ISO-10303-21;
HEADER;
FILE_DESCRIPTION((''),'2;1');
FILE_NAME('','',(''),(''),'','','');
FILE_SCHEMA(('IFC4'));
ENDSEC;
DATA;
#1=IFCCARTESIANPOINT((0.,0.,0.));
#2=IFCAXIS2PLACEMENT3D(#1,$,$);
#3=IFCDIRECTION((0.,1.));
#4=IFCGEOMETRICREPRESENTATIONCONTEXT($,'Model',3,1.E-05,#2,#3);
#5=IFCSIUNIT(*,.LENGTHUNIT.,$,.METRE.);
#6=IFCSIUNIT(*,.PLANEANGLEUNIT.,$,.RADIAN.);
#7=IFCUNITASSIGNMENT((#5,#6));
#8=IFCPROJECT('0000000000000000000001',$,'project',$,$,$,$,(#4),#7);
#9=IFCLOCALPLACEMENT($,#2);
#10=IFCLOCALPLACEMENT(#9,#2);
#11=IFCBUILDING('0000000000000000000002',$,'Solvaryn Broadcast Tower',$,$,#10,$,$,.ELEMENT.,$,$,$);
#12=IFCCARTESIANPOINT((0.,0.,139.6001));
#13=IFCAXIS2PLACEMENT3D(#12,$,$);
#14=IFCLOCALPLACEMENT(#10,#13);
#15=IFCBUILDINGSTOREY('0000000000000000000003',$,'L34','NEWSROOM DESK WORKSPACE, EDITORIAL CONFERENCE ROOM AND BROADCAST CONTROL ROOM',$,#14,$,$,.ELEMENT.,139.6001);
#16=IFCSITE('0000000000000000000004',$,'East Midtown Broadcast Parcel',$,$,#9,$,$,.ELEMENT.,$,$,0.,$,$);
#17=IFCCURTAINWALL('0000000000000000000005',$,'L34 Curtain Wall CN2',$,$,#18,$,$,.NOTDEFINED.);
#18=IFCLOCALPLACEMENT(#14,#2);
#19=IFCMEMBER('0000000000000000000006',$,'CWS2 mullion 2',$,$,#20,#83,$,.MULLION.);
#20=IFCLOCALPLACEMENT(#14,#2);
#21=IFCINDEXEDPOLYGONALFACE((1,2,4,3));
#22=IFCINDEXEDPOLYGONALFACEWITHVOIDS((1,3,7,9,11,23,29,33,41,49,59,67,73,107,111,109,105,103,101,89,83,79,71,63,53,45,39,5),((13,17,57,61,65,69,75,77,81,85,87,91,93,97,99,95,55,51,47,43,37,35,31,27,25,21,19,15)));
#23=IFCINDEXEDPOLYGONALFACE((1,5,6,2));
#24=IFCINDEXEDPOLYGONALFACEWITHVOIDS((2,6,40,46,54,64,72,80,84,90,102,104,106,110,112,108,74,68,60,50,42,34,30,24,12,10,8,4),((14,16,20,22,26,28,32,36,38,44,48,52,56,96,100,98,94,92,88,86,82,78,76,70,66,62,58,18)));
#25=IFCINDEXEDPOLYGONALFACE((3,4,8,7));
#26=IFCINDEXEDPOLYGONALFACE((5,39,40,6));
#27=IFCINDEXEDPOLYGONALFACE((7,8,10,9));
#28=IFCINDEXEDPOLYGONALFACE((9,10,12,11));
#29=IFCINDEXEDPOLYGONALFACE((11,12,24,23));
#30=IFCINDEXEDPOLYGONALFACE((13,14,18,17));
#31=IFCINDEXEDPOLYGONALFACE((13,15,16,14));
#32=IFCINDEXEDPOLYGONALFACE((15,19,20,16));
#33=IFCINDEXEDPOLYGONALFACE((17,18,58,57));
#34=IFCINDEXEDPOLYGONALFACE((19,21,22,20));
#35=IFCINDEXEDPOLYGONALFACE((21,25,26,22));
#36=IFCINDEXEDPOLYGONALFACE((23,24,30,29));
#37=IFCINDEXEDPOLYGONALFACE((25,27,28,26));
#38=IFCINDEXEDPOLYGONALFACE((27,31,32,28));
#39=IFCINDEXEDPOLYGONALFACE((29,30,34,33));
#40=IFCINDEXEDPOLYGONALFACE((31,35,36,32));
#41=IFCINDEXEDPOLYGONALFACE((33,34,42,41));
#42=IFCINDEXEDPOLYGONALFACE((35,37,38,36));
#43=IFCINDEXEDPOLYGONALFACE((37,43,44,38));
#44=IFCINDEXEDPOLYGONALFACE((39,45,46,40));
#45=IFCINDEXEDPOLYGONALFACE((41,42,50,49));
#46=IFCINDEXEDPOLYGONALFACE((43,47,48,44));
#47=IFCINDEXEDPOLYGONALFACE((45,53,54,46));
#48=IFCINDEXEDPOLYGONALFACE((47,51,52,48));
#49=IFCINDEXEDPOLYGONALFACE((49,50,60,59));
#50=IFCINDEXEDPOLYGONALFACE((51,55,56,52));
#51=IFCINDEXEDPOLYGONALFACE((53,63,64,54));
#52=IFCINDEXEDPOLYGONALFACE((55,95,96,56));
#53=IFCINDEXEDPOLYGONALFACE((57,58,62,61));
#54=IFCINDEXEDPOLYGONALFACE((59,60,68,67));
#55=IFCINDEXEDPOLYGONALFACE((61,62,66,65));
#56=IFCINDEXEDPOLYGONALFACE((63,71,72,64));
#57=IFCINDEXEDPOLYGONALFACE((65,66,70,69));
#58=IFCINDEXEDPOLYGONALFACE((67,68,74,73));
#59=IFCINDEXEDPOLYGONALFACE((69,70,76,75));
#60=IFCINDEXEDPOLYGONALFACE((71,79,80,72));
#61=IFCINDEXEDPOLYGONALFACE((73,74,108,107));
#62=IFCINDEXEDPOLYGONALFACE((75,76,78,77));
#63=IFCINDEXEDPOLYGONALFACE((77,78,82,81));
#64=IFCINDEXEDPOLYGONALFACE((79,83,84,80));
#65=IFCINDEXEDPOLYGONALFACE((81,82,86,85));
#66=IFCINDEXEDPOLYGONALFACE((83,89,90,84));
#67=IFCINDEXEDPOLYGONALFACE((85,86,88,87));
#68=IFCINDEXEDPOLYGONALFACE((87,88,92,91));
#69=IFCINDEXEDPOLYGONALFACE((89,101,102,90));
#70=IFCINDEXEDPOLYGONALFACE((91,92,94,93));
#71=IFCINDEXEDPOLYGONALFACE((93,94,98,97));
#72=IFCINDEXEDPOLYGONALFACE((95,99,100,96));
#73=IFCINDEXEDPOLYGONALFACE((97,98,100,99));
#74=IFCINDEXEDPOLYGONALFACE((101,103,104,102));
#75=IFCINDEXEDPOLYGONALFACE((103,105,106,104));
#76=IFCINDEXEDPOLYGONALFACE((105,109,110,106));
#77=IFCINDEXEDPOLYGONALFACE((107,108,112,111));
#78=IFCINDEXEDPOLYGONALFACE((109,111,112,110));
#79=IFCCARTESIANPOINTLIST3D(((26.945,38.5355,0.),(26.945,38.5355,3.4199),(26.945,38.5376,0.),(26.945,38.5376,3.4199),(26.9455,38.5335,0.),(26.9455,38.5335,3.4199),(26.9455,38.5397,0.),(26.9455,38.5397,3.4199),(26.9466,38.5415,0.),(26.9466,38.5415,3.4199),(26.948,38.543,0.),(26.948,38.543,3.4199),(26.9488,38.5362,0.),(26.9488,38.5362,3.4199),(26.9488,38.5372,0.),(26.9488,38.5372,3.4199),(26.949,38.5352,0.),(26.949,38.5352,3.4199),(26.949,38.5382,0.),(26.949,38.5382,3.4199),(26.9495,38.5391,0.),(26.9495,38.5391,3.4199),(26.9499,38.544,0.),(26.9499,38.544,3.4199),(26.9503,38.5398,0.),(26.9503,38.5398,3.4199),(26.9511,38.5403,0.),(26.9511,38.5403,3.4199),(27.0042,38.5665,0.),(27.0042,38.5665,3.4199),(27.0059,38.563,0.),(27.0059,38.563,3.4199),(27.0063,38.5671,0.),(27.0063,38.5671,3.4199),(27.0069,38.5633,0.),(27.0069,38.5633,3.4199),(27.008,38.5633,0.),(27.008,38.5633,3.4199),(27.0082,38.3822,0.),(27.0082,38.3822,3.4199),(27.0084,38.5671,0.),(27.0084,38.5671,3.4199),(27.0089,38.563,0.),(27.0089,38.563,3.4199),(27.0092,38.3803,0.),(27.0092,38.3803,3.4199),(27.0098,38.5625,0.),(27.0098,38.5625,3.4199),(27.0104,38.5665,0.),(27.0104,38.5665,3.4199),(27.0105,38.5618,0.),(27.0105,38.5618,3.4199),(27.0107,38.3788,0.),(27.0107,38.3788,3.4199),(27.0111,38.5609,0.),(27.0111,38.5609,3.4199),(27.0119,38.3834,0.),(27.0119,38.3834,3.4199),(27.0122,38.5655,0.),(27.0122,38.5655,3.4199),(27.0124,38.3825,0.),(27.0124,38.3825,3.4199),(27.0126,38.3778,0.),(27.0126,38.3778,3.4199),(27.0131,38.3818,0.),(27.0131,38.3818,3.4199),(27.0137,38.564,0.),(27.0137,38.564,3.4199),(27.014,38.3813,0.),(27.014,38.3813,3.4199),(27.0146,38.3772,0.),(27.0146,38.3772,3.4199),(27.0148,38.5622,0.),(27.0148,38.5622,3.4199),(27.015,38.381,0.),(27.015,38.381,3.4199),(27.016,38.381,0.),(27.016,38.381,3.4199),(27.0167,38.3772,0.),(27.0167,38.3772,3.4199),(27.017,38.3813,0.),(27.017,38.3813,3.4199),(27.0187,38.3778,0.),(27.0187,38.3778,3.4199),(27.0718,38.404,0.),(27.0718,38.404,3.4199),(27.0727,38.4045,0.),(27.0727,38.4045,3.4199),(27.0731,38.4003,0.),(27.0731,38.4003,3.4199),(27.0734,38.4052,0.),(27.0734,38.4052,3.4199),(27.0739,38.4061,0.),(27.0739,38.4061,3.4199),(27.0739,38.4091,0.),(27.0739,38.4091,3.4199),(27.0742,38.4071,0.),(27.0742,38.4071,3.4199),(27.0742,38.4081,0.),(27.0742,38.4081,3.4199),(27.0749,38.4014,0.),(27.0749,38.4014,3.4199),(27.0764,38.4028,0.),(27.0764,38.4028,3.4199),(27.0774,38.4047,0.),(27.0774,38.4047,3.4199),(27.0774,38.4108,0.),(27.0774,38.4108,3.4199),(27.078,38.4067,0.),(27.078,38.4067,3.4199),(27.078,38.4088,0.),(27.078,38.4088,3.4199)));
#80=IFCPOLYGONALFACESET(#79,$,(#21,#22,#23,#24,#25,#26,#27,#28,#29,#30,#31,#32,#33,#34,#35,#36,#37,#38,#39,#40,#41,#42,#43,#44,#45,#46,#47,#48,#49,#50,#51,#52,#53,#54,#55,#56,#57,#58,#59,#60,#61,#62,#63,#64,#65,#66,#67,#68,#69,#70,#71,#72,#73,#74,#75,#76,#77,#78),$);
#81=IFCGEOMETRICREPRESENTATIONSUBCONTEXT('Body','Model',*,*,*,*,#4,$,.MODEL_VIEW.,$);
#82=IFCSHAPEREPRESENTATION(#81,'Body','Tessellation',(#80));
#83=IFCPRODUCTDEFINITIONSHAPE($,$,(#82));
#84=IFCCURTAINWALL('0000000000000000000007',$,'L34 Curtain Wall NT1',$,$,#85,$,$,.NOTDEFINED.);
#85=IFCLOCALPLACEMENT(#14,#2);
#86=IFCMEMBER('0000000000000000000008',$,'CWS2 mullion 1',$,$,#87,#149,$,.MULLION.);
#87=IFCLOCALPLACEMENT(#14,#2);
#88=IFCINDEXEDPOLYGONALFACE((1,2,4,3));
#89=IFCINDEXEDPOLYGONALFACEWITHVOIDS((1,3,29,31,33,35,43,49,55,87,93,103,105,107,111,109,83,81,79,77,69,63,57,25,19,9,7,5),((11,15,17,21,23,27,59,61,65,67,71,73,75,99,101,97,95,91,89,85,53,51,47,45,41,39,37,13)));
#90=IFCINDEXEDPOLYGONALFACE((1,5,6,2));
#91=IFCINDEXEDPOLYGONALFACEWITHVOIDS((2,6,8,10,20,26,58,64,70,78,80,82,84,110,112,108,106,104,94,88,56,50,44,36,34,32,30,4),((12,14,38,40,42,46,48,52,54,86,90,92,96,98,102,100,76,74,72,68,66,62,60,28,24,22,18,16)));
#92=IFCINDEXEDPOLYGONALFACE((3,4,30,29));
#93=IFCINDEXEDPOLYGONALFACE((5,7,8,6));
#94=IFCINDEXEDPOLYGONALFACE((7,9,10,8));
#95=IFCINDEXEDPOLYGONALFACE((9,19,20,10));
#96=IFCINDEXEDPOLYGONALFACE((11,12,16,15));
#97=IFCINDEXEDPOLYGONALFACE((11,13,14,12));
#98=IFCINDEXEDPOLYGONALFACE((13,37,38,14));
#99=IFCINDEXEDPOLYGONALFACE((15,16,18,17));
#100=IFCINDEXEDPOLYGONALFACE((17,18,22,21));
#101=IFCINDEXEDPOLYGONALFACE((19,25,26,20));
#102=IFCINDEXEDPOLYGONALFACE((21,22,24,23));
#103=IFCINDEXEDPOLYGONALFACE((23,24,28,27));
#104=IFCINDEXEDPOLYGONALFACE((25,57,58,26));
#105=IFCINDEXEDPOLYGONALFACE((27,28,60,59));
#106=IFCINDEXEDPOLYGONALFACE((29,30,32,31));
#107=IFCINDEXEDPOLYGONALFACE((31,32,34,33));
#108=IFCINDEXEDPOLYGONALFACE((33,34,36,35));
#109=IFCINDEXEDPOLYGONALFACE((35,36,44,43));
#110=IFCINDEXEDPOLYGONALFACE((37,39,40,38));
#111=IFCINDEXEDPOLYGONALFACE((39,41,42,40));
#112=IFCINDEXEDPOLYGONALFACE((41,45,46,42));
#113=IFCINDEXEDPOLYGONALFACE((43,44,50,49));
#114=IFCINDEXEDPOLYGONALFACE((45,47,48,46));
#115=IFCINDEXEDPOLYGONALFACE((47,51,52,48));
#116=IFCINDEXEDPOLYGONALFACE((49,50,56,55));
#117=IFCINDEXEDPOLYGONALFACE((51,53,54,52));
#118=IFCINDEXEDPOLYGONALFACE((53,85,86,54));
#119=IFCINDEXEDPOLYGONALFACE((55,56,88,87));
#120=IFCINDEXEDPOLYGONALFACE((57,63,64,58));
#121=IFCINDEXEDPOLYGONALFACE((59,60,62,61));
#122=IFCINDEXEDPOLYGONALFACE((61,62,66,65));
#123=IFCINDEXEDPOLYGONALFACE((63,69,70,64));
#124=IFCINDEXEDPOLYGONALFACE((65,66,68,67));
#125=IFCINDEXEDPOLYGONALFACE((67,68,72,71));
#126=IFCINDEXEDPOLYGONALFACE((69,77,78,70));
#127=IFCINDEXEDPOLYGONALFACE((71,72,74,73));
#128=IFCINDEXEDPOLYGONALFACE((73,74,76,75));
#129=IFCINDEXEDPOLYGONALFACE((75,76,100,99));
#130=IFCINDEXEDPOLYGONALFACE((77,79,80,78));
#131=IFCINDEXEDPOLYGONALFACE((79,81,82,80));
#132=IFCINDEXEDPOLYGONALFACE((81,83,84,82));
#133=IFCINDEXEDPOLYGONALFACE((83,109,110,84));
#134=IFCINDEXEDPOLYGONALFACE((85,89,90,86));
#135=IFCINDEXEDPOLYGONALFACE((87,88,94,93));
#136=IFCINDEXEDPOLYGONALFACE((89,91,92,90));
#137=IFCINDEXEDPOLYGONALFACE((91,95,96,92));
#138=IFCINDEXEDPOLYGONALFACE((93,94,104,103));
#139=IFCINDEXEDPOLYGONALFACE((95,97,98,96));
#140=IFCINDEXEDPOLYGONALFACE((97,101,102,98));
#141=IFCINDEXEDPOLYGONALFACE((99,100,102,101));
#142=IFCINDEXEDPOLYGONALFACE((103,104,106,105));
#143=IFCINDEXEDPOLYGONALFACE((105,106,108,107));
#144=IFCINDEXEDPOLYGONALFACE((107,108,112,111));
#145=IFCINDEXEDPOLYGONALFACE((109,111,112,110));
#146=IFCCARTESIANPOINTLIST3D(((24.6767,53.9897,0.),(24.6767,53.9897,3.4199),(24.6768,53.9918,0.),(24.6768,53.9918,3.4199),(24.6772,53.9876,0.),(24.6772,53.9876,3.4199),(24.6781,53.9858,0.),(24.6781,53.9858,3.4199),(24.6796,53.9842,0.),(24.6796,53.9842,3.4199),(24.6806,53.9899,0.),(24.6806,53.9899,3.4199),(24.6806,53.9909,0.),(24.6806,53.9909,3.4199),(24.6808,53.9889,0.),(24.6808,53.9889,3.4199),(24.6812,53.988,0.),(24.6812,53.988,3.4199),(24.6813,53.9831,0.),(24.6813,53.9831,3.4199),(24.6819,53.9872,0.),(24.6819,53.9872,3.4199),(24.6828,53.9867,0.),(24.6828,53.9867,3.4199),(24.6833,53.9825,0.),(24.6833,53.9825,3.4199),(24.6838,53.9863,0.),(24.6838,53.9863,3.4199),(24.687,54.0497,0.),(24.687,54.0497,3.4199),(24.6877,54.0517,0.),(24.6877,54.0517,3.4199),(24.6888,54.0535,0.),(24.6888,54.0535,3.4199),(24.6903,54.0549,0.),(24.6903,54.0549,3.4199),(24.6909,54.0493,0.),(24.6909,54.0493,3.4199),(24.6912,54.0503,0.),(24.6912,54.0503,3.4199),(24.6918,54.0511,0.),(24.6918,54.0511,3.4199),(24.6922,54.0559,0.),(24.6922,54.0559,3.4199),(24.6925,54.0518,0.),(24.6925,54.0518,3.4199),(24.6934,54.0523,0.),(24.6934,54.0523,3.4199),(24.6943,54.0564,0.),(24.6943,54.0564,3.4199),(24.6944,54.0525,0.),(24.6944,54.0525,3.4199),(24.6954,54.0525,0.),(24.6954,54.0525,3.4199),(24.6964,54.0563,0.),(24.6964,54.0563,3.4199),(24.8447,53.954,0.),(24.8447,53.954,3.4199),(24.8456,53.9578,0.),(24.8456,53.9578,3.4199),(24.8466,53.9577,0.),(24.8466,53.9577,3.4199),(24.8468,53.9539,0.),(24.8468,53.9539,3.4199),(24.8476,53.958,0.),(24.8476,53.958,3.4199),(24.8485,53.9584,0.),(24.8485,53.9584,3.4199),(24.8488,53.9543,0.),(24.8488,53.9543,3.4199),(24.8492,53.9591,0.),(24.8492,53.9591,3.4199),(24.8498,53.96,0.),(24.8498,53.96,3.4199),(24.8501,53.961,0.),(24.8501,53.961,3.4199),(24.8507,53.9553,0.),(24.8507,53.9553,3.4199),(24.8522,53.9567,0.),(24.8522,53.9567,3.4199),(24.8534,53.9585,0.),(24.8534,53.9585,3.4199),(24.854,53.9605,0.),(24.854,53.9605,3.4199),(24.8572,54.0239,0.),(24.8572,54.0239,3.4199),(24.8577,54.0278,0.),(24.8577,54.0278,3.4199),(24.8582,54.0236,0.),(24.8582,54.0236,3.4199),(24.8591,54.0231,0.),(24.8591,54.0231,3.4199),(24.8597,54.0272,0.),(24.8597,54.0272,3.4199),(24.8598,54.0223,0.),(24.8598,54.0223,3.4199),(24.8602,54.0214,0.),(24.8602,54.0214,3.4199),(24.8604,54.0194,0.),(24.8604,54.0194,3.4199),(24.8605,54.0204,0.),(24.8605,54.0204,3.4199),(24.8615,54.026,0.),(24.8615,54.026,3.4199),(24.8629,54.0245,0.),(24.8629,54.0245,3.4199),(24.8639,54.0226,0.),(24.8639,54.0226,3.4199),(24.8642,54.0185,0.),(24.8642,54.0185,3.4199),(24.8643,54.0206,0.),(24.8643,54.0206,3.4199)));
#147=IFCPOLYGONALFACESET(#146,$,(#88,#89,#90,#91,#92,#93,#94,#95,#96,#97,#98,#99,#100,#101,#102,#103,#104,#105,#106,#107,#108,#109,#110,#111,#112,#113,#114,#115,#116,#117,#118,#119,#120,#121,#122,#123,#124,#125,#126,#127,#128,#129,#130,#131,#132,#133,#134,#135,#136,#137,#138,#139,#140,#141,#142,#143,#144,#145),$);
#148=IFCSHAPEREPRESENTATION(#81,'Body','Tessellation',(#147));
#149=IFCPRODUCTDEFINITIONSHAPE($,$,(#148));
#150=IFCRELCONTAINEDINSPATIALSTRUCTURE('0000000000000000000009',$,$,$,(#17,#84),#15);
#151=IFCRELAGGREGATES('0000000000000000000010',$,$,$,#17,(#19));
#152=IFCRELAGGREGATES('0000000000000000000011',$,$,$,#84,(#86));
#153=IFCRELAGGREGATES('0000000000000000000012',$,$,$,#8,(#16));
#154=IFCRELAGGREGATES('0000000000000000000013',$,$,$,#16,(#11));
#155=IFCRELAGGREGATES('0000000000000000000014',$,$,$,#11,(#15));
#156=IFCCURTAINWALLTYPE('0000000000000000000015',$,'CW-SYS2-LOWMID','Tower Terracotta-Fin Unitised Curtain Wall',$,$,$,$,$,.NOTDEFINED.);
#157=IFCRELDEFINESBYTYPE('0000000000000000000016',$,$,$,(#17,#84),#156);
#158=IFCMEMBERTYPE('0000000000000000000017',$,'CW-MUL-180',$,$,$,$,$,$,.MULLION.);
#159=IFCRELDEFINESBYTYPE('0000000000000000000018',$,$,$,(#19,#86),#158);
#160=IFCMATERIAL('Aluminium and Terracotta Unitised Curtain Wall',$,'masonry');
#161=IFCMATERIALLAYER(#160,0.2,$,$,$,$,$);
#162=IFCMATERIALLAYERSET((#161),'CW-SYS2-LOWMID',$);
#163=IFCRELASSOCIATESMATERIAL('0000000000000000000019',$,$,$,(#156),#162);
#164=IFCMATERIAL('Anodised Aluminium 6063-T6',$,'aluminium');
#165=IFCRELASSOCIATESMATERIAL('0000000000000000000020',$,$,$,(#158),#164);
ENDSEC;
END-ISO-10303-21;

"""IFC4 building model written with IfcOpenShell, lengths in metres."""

from ifc_helpers import new_model, si_unit, direction, frame, origin, origin_2d, place, context, subcontext, project, spatial, hollow_rectangle, extrude, material, layer, layer_set, material_profile, profile_set, type_object, element, aggregate, save


model = new_model("IFC4")

# Units and contexts
model_context = context("Model", 3, precision=1e-05, world=origin(), true_north=direction((0.0, 1.0)))
body_context = subcontext(model_context, "Body", "Model", "MODEL_VIEW")
ifc_project = project(units=[si_unit("LENGTHUNIT", "METRE"), si_unit("PLANEANGLEUNIT", "RADIAN")], contexts=[model_context])

# Site, building, storey
site_placement = place(None, origin())
site = spatial("IfcSite", under=ifc_project, at=site_placement, Name="East Midtown Broadcast Parcel", CompositionType="ELEMENT", RefElevation=0.0)
building_placement = place(site_placement, origin())
building = spatial("IfcBuilding", under=site, at=building_placement, Name="Solvaryn Broadcast Tower", CompositionType="ELEMENT")
storey_placement = place(building_placement, frame((0.0, 0.0, 139.6001)))
storey = spatial("IfcBuildingStorey", under=building, at=storey_placement, Name="L34", Description="NEWSROOM DESK WORKSPACE, EDITORIAL CONFERENCE ROOM AND BROADCAST CONTROL ROOM", CompositionType="ELEMENT", Elevation=139.6001)

# Shared definitions
ifc_material_1 = material(Name="Aluminium and Terracotta Unitised Curtain Wall", Category="masonry")
ifc_layer_1 = layer(ifc_material_1, 0.2)
ifc_layer_set_1 = layer_set([ifc_layer_1], Name="CW-SYS2-LOWMID")
curtain_wall_type = type_object("IfcCurtainWallType", Name="CW-SYS2-LOWMID", Description="Tower Terracotta-Fin Unitised Curtain Wall", PredefinedType="NOTDEFINED", material=ifc_layer_set_1)
ifc_material_2 = material(Name="Anodised Aluminium 6063-T6", Category="aluminium")
ifc_material_profile_1 = material_profile(ifc_material_2, hollow_rectangle(XDim=0.075, YDim=0.1799, WallThickness=0.0039, InnerFilletRadius=0.0039, OuterFilletRadius=0.0081, at=origin_2d()))
ifc_profile_set_1 = profile_set([ifc_material_profile_1], Name="Anodised Aluminium 6063-T6")
member_type_1 = type_object("IfcMemberType", Name="CW-MUL-180", PredefinedType="MULLION", material=ifc_profile_set_1)

# Curtain walls, members
curtain_wall_1_placement = place(storey_placement, origin())
curtain_wall_1 = element("IfcCurtainWall", 1, at=curtain_wall_1_placement, inside=storey, type_object=curtain_wall_type, Name="L34 Curtain Wall CN2", PredefinedType="NOTDEFINED")
member_1_placement = place(storey_placement, frame((27.0115, 38.4722, 0.0), z_axis=(0.0, 0.0, 1.0), x_axis=(-0.923895, -0.382646, 0.0)))
member_1 = element("IfcMember", 2, at=member_1_placement, type_object=member_type_1, Name="CWS2 mullion 2", PredefinedType="MULLION", context=body_context, shape_type="SweptSolid", body=[
    extrude(hollow_rectangle(XDim=0.075, YDim=0.1799, WallThickness=0.0039, InnerFilletRadius=0.0039, OuterFilletRadius=0.0081, at=origin_2d()), origin(), (0.0, 0.0, 1.0), 3.4199),
])
aggregate(curtain_wall_1, [member_1])
curtain_wall_2_placement = place(storey_placement, origin())
curtain_wall_2 = element("IfcCurtainWall", 3, at=curtain_wall_2_placement, inside=storey, type_object=curtain_wall_type, Name="L34 Curtain Wall NT1", PredefinedType="NOTDEFINED")
member_2_placement = place(storey_placement, frame((24.7705, 54.0051, 0.0), z_axis=(0.0, 0.0, 1.0), x_axis=(-0.173785, -0.984784, 0.0)))
member_2 = element("IfcMember", 4, at=member_2_placement, type_object=member_type_1, Name="CWS2 mullion 1", PredefinedType="MULLION", context=body_context, shape_type="SweptSolid", body=[
    extrude(hollow_rectangle(XDim=0.075, YDim=0.1799, WallThickness=0.0039, InnerFilletRadius=0.0039, OuterFilletRadius=0.0081, at=origin_2d()), origin(), (0.0, 0.0, 1.0), 3.4199),
])

aggregate(curtain_wall_2, [member_2])

save(model, "model.ifc")
